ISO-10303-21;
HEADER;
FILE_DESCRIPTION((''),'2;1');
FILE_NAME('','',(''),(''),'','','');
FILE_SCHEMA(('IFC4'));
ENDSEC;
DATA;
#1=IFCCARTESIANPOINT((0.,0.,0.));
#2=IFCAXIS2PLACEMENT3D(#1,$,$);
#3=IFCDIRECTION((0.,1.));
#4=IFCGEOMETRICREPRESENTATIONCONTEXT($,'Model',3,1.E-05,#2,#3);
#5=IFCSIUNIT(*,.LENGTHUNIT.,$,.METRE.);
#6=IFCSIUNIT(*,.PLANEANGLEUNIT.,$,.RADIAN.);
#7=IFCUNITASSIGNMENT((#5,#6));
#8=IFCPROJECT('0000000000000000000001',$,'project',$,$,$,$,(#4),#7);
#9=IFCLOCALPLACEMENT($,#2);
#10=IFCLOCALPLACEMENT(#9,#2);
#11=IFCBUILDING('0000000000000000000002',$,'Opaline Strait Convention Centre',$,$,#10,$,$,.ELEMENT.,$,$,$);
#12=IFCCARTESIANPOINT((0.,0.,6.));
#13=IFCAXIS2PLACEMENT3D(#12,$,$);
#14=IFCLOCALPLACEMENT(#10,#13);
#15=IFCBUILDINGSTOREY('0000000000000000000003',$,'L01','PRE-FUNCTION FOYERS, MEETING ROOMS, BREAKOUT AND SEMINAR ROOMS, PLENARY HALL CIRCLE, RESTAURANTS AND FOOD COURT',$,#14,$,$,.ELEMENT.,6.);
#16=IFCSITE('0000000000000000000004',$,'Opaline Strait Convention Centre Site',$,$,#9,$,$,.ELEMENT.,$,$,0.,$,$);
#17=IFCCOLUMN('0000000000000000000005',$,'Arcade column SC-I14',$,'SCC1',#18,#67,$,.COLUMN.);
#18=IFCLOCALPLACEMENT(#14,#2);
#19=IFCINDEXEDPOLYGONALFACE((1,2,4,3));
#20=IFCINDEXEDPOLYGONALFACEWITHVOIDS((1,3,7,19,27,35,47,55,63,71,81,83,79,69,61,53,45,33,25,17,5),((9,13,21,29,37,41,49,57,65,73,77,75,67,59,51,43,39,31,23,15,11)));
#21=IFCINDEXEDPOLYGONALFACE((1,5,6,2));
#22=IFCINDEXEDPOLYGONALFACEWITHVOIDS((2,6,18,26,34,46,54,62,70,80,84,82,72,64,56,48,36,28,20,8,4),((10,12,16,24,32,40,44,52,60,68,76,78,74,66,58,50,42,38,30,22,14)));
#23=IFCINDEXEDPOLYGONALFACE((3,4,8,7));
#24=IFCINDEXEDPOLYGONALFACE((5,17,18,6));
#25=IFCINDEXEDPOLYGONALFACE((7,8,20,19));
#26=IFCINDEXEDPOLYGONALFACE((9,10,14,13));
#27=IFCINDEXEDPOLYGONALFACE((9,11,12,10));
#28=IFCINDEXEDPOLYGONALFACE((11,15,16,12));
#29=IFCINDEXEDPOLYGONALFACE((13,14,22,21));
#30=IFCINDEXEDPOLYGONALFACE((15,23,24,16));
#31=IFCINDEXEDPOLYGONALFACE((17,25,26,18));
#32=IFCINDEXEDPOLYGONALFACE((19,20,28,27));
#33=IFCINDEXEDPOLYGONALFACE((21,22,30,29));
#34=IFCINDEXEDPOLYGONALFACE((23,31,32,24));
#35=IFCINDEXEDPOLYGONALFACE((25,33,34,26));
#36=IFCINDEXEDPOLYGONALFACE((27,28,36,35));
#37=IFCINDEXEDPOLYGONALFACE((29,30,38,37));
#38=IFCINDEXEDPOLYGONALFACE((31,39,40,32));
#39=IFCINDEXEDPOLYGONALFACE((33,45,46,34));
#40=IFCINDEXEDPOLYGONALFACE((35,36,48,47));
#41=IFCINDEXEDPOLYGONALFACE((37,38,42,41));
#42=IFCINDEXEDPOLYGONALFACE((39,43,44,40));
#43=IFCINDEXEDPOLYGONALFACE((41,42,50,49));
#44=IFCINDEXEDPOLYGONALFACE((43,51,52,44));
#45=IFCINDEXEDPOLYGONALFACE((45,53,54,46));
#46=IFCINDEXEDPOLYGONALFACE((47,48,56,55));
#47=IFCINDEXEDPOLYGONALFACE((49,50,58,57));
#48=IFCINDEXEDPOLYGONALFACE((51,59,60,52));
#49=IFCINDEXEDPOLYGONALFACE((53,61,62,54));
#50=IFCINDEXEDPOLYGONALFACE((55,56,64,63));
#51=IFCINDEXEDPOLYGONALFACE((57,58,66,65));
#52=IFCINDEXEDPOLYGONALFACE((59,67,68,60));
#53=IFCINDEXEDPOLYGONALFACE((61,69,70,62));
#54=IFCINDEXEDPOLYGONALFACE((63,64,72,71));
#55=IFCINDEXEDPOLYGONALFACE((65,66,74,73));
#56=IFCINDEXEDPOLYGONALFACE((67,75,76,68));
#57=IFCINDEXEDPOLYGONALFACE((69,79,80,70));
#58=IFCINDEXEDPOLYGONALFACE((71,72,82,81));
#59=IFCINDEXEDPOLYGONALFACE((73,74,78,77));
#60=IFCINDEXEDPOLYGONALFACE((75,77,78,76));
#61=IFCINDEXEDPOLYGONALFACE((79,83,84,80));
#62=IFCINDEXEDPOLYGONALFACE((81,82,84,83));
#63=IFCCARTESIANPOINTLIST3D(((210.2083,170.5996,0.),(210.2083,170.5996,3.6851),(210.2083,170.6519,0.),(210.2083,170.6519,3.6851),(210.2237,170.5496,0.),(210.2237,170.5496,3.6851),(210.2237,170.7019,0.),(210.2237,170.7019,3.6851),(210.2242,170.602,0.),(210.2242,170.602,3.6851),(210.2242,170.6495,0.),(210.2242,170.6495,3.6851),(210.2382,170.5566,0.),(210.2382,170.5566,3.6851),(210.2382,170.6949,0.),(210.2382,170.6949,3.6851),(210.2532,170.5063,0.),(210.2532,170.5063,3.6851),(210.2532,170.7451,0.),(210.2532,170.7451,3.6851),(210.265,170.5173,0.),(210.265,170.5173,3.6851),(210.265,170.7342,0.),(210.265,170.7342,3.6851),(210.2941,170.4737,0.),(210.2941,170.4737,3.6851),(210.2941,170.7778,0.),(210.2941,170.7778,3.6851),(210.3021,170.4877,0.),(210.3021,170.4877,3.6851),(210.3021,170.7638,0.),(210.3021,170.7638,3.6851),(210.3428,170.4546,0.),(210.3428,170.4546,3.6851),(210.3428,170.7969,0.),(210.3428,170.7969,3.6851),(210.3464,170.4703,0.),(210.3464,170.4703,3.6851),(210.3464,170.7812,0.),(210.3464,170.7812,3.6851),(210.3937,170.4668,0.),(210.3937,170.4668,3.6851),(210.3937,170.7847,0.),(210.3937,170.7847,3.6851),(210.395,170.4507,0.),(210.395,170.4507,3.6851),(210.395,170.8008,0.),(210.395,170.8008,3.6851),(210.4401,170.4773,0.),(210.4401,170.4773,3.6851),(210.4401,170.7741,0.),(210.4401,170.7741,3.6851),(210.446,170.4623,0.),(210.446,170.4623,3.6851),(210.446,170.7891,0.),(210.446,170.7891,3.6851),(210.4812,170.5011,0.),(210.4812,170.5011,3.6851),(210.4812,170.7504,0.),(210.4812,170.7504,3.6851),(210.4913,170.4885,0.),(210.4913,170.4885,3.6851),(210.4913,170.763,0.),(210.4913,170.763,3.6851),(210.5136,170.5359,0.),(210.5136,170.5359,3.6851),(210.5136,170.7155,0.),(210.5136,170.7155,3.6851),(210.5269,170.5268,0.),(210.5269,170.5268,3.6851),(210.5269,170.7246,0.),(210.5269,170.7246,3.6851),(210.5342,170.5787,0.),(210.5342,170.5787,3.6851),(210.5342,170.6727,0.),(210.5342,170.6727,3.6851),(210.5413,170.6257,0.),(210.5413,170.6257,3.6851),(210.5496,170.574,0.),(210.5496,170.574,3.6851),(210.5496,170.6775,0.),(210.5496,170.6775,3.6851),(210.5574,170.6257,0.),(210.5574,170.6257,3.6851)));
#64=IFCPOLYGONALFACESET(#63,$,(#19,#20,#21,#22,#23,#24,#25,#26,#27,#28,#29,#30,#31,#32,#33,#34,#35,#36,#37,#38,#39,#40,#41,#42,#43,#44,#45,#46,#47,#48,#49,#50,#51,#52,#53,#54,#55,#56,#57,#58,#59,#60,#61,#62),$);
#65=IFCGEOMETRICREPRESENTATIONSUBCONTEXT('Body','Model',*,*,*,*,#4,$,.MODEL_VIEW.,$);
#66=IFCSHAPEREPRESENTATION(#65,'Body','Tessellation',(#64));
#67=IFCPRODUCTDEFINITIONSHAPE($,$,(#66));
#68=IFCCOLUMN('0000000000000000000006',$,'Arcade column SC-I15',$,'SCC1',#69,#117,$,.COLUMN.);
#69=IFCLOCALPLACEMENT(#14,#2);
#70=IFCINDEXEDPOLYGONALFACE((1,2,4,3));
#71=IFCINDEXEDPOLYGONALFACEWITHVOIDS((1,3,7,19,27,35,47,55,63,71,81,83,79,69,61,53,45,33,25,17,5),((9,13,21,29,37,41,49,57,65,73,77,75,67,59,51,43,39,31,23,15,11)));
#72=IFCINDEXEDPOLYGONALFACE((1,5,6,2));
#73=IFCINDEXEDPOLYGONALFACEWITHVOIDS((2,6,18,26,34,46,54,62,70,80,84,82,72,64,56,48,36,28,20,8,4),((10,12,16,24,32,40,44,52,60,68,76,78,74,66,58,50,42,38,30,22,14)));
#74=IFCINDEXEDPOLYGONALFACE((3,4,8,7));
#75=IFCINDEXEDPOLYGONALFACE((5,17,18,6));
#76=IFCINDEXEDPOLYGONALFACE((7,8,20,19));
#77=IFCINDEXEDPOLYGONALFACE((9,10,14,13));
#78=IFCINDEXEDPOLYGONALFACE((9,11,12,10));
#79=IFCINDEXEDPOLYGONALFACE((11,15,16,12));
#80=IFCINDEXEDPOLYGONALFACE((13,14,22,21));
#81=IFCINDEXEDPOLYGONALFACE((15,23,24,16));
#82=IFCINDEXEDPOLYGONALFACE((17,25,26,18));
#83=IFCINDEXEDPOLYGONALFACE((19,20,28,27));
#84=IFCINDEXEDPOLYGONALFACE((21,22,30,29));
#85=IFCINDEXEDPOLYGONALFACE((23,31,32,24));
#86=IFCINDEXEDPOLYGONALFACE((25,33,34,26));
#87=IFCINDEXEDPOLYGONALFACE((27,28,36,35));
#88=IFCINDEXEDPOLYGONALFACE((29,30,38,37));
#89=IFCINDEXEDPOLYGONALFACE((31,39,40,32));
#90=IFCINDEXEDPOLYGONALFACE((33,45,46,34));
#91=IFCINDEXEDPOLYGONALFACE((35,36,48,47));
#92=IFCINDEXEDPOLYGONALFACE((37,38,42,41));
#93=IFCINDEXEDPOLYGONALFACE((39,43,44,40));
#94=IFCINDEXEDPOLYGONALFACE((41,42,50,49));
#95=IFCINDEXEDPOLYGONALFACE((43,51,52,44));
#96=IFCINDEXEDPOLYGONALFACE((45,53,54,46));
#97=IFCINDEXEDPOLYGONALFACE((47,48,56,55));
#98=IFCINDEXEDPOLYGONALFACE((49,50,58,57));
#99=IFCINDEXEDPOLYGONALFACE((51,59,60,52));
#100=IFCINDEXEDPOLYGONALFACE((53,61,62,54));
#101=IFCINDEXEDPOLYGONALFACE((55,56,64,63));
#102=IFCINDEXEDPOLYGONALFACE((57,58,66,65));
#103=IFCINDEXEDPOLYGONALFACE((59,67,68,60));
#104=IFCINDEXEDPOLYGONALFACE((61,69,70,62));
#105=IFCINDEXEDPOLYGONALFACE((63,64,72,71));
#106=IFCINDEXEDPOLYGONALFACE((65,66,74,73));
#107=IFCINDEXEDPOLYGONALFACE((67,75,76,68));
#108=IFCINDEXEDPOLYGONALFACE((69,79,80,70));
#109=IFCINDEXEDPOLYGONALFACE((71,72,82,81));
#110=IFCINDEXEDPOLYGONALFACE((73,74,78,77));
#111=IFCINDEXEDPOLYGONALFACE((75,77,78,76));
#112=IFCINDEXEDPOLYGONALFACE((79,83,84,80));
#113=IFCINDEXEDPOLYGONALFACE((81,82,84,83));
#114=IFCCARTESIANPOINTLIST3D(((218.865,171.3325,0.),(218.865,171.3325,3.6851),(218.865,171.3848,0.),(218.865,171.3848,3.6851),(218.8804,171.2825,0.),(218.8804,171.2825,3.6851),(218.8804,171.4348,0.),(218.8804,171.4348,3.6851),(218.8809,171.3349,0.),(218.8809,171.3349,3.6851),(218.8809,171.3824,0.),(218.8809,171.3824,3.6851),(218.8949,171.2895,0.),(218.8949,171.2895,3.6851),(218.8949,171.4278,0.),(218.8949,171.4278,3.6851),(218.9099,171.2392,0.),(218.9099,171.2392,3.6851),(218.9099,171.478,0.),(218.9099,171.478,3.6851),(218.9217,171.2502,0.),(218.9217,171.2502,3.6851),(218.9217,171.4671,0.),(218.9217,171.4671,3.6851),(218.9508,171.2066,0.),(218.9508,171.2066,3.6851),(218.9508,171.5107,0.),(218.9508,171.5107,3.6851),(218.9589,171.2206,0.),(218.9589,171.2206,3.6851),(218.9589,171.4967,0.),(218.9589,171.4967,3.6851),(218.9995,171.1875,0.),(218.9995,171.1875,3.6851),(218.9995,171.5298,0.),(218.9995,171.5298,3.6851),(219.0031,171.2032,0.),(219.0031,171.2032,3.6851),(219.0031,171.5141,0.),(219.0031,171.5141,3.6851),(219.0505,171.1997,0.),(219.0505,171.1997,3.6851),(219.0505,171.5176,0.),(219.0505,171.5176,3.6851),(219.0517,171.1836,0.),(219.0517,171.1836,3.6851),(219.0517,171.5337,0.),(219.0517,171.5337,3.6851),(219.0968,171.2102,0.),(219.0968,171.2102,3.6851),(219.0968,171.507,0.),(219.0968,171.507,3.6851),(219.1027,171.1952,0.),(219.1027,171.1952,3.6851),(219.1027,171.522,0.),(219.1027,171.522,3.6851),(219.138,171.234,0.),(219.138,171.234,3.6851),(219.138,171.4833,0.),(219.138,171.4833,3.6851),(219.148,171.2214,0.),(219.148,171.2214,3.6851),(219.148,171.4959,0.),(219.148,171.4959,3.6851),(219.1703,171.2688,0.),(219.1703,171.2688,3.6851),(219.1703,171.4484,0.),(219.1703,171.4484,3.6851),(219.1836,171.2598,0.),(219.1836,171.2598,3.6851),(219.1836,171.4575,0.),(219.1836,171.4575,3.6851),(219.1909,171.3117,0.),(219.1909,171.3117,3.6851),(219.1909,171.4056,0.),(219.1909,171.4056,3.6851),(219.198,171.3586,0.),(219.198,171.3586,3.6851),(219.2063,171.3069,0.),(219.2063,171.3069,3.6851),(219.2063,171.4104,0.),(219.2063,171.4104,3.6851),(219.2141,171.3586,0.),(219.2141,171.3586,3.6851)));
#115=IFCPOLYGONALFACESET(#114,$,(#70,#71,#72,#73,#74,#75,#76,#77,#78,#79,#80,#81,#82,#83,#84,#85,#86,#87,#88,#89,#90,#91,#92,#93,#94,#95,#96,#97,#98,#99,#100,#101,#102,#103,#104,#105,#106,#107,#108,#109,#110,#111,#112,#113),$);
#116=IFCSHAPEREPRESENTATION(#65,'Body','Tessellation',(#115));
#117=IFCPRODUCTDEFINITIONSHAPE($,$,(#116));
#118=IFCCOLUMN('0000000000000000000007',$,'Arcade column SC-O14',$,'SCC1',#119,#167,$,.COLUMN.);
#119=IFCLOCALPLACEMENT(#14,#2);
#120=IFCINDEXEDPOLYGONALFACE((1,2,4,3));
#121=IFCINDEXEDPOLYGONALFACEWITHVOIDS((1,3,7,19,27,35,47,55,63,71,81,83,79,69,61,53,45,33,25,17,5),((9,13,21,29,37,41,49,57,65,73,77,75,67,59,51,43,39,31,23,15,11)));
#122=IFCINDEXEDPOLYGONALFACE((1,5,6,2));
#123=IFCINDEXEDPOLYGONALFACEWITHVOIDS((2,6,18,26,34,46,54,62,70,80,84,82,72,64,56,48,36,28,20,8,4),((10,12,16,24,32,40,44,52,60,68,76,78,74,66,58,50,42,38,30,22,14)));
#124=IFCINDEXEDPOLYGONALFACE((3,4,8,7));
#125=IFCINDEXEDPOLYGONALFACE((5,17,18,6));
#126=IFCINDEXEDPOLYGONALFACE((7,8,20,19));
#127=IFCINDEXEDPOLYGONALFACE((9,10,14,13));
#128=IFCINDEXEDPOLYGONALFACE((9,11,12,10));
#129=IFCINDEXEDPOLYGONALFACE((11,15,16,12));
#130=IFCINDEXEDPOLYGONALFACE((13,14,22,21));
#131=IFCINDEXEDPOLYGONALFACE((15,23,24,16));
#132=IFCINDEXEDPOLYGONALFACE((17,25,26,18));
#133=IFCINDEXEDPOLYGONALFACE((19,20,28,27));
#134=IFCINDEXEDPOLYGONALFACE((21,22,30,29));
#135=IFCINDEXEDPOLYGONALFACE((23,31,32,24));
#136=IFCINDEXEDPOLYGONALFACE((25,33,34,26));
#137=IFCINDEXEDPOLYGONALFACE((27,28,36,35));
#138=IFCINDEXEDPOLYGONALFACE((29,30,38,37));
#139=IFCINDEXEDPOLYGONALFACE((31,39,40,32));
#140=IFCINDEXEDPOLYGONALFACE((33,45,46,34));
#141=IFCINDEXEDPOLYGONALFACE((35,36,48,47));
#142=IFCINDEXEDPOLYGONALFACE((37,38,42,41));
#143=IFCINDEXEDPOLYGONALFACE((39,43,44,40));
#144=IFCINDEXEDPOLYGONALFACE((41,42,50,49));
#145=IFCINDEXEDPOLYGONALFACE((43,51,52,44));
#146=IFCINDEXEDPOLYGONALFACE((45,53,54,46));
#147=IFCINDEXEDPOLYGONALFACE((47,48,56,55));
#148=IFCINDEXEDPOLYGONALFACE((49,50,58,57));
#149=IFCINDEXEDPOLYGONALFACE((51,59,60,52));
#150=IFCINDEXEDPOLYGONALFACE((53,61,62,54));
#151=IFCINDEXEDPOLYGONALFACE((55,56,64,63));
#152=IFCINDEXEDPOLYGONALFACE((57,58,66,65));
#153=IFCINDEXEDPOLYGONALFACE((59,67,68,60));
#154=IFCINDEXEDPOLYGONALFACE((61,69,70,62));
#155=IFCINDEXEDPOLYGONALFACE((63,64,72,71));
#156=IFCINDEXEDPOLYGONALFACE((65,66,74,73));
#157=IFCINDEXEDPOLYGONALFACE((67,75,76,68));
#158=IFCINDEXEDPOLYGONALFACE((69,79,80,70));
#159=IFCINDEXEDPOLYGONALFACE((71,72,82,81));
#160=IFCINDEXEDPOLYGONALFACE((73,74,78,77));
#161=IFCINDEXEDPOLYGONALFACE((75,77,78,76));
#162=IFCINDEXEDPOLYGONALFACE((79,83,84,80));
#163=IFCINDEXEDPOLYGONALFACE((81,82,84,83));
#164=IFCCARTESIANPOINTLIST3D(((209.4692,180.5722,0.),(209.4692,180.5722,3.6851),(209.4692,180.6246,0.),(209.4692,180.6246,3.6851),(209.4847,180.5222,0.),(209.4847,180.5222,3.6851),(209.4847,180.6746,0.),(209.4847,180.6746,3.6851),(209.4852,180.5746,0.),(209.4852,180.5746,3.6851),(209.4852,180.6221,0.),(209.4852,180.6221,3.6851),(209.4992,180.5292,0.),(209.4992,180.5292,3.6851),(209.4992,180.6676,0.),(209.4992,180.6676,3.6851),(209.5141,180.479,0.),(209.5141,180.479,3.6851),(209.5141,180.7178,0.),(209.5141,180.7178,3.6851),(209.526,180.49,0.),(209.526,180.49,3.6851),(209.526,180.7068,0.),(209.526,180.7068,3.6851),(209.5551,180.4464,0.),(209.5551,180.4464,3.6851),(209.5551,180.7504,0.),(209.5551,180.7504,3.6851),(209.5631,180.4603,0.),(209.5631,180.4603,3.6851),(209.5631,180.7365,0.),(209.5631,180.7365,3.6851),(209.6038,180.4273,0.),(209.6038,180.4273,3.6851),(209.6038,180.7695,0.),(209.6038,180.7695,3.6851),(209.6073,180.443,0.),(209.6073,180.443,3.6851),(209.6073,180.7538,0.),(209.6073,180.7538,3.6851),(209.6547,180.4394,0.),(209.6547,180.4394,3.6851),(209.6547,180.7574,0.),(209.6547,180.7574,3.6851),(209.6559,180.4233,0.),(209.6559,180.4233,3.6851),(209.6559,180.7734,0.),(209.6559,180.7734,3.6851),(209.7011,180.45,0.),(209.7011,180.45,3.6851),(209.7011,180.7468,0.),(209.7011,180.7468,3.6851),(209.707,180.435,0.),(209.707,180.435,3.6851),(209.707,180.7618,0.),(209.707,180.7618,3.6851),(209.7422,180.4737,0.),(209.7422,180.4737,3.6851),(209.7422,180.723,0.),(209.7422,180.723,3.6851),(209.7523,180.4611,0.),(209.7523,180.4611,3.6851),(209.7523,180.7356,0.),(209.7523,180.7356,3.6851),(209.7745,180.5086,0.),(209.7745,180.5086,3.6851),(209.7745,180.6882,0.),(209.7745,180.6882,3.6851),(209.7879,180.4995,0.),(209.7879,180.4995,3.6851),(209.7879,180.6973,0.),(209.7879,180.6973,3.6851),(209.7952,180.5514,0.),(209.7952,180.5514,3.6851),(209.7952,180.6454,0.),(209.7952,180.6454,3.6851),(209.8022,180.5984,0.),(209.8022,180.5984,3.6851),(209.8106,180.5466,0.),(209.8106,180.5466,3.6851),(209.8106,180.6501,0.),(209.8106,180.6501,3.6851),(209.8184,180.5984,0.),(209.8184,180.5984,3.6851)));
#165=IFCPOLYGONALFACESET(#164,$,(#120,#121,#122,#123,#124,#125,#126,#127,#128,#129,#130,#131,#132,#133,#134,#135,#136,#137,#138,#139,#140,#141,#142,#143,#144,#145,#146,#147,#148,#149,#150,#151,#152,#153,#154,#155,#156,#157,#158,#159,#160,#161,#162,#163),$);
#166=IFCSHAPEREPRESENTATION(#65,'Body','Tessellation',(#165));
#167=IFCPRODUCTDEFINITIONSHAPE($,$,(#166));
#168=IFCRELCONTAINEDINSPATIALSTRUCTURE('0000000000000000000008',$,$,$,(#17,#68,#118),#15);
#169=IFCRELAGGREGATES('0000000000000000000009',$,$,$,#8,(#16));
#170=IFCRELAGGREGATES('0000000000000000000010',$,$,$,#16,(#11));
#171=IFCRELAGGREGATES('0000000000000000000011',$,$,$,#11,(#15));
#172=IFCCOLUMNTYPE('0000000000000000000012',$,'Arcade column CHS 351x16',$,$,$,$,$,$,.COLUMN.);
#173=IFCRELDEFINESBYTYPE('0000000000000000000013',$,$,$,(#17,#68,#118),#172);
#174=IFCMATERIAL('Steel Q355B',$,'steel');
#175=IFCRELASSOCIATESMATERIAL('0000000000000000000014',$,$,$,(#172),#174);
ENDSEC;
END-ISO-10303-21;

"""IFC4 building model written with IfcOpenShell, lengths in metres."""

from ifc_helpers import new_model, si_unit, direction, frame, origin, origin_2d, place, context, subcontext, project, spatial, hollow_circle, extrude, material, material_profile, profile_set, type_object, element, save


model = new_model("IFC4")

# Units and contexts
model_context = context("Model", 3, precision=1e-05, world=origin(), true_north=direction((0.0, 1.0)))
body_context = subcontext(model_context, "Body", "Model", "MODEL_VIEW")
ifc_project = project(units=[si_unit("LENGTHUNIT", "METRE"), si_unit("PLANEANGLEUNIT", "RADIAN")], contexts=[model_context])

# Site, building, storey
site_placement = place(None, origin())
site = spatial("IfcSite", under=ifc_project, at=site_placement, Name="Opaline Strait Convention Centre Site", CompositionType="ELEMENT", RefElevation=0.0)
building_placement = place(site_placement, origin())
building = spatial("IfcBuilding", under=site, at=building_placement, Name="Opaline Strait Convention Centre", CompositionType="ELEMENT")
storey_placement = place(building_placement, frame((0.0, 0.0, 6.0)))
storey = spatial("IfcBuildingStorey", under=building, at=storey_placement, Name="L01", Description="PRE-FUNCTION FOYERS, MEETING ROOMS, BREAKOUT AND SEMINAR ROOMS, PLENARY HALL CIRCLE, RESTAURANTS AND FOOD COURT", CompositionType="ELEMENT", Elevation=6.0)

# Columns
ifc_material_1 = material(Name="Steel Q355B", Category="steel")
ifc_material_profile_1 = material_profile(ifc_material_1, hollow_circle(Radius=0.1755, WallThickness=0.0161, at=origin_2d()), Name="CHS 351x16")
ifc_profile_set_1 = profile_set([ifc_material_profile_1], Name="Steel Q355B")
column_type = type_object("IfcColumnType", Name="Arcade column CHS 351x16", PredefinedType="COLUMN", material=ifc_profile_set_1)
for number, where, z_axis, x_axis, name in (
    (1, (210.3818, 170.6257, 0.0), (0.0, 0.0, 1.0), (1.0, 0.0, 0.0), "Arcade column SC-I14"),
    (2, (219.0386, 171.3586, 0.0), (0.0, 0.0, 1.0), (1.0, 0.0, 0.0), "Arcade column SC-I15"),
    (3, (209.6428, 180.5984, 0.0), (0.0, 0.0, 1.0), (1.0, 0.0, 0.0), "Arcade column SC-O14"),
):
    element("IfcColumn", number, at=place(storey_placement, frame(where, z_axis=z_axis, x_axis=x_axis)), inside=storey, type_object=column_type, Name=name, ObjectType="SCC1", PredefinedType="COLUMN", context=body_context, shape_type="SweptSolid", body=[
        extrude(hollow_circle(Radius=0.1755, WallThickness=0.0161, at=origin_2d()), origin(), (0.0, 0.0, 1.0), 3.6851),
    ])

save(model, "model.ifc")
